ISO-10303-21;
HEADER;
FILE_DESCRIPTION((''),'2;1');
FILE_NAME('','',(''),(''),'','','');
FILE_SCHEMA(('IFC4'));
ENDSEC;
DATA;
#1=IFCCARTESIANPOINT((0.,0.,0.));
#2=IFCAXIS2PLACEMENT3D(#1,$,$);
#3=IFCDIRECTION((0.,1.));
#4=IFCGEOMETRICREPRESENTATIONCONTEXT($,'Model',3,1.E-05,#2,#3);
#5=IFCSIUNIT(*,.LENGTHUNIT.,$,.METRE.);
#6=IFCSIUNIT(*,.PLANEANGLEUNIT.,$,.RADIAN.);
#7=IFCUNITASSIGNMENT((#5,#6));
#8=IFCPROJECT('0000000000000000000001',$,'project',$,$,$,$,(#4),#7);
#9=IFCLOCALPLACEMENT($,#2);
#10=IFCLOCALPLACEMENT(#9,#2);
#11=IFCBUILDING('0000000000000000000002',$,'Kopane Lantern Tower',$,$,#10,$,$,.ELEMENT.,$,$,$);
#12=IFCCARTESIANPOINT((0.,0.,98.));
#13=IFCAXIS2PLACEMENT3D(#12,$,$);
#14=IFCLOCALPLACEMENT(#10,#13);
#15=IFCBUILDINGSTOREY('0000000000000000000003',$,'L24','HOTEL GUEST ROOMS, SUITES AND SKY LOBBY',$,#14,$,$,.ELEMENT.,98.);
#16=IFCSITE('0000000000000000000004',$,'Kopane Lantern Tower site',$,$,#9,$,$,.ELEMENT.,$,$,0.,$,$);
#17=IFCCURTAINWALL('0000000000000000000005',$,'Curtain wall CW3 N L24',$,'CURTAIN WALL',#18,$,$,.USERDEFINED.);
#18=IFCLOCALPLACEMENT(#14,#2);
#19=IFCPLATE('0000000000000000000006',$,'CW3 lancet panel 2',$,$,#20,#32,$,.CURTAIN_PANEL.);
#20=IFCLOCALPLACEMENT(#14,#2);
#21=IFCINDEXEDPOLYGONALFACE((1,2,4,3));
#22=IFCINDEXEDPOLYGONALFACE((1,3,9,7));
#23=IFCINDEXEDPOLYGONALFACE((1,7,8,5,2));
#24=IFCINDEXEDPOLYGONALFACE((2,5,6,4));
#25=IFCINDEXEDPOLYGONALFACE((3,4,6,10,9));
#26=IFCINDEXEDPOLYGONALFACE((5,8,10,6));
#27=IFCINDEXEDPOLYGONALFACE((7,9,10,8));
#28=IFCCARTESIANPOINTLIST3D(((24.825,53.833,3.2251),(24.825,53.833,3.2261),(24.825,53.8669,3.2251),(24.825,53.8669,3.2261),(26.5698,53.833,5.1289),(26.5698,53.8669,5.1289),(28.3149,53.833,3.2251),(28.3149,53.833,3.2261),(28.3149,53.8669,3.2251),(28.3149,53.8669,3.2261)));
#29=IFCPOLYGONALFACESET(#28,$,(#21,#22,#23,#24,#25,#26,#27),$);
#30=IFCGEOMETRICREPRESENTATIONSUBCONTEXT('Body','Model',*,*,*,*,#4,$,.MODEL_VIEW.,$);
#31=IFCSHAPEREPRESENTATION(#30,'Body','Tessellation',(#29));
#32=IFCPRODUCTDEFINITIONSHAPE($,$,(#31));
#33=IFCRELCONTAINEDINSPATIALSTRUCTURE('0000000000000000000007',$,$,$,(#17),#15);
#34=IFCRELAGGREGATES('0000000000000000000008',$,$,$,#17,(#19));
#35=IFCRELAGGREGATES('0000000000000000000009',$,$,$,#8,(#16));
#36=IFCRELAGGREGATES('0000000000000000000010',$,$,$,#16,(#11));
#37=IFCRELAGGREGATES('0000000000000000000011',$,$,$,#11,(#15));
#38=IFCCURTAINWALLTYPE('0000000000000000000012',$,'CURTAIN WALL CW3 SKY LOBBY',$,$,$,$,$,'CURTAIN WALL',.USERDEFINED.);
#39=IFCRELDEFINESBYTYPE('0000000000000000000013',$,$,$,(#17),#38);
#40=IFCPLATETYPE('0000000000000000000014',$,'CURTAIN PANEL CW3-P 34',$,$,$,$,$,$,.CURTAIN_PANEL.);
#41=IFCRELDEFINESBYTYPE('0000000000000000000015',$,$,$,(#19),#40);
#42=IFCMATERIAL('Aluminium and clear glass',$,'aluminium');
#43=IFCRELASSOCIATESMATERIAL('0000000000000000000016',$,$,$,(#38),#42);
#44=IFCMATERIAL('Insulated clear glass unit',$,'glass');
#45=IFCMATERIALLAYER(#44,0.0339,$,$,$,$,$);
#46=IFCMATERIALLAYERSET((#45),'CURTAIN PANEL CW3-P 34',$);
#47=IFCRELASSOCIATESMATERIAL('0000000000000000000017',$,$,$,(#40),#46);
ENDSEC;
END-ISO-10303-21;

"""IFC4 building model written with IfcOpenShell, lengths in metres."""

from ifc_helpers import new_model, si_unit, direction, frame, origin, place, context, subcontext, project, spatial, polyline, outline, extrude, material, layer, layer_set, type_object, element, aggregate, save


model = new_model("IFC4")

# Units and contexts
model_context = context("Model", 3, precision=1e-05, world=origin(), true_north=direction((0.0, 1.0)))
body_context = subcontext(model_context, "Body", "Model", "MODEL_VIEW")
ifc_project = project(units=[si_unit("LENGTHUNIT", "METRE"), si_unit("PLANEANGLEUNIT", "RADIAN")], contexts=[model_context])

# Site, building, storey
site_placement = place(None, origin())
site = spatial("IfcSite", under=ifc_project, at=site_placement, Name="Kopane Lantern Tower site", CompositionType="ELEMENT", RefElevation=0.0)
building_placement = place(site_placement, origin())
building = spatial("IfcBuilding", under=site, at=building_placement, Name="Kopane Lantern Tower", CompositionType="ELEMENT")
storey_placement = place(building_placement, frame((0.0, 0.0, 98.0)))
storey = spatial("IfcBuildingStorey", under=building, at=storey_placement, Name="L24", Description="HOTEL GUEST ROOMS, SUITES AND SKY LOBBY", CompositionType="ELEMENT", Elevation=98.0)

# Curtain wall
ifc_material_1 = material(Name="Aluminium and clear glass", Category="aluminium")
curtain_wall_type = type_object("IfcCurtainWallType", Name="CURTAIN WALL CW3 SKY LOBBY", ElementType="CURTAIN WALL", PredefinedType="USERDEFINED", material=ifc_material_1)
curtain_wall_1_placement = place(storey_placement, origin())
curtain_wall_1 = element("IfcCurtainWall", 1, at=curtain_wall_1_placement, inside=storey, type_object=curtain_wall_type, Name="Curtain wall CW3 N L24", ObjectType="CURTAIN WALL", PredefinedType="USERDEFINED")

# Plate
ifc_material_2 = material(Name="Insulated clear glass unit", Category="glass")
ifc_layer = layer(ifc_material_2, 0.0339)
ifc_layer_set = layer_set([ifc_layer], Name="CURTAIN PANEL CW3-P 34")
plate_type = type_object("IfcPlateType", Name="CURTAIN PANEL CW3-P 34", PredefinedType="CURTAIN_PANEL", material=ifc_layer_set)
plate_1_placement = place(storey_placement, frame((28.3149, 53.8501, 3.2251), z_axis=(0.0, 0.0, 1.0), x_axis=(-1.0, 0.0, 0.0)))
plate_1 = element("IfcPlate", 2, at=plate_1_placement, type_object=plate_type, Name="CW3 lancet panel 2", PredefinedType="CURTAIN_PANEL", context=body_context, shape_type="SweptSolid", body=[
    extrude(outline(polyline([(0.0, 0.0), (3.49, 0.0), (3.49, 0.001), (1.7451, 1.9038), (0.0, 0.001), (0.0, 0.0)])), frame((0.0, 0.0171, 0.0), z_axis=(0.0, -1.0, 0.0), x_axis=(1.0, 0.0, 0.0)), (0.0, 0.0, 1.0), 0.0339),
])
aggregate(curtain_wall_1, [plate_1])

save(model, "model.ifc")
